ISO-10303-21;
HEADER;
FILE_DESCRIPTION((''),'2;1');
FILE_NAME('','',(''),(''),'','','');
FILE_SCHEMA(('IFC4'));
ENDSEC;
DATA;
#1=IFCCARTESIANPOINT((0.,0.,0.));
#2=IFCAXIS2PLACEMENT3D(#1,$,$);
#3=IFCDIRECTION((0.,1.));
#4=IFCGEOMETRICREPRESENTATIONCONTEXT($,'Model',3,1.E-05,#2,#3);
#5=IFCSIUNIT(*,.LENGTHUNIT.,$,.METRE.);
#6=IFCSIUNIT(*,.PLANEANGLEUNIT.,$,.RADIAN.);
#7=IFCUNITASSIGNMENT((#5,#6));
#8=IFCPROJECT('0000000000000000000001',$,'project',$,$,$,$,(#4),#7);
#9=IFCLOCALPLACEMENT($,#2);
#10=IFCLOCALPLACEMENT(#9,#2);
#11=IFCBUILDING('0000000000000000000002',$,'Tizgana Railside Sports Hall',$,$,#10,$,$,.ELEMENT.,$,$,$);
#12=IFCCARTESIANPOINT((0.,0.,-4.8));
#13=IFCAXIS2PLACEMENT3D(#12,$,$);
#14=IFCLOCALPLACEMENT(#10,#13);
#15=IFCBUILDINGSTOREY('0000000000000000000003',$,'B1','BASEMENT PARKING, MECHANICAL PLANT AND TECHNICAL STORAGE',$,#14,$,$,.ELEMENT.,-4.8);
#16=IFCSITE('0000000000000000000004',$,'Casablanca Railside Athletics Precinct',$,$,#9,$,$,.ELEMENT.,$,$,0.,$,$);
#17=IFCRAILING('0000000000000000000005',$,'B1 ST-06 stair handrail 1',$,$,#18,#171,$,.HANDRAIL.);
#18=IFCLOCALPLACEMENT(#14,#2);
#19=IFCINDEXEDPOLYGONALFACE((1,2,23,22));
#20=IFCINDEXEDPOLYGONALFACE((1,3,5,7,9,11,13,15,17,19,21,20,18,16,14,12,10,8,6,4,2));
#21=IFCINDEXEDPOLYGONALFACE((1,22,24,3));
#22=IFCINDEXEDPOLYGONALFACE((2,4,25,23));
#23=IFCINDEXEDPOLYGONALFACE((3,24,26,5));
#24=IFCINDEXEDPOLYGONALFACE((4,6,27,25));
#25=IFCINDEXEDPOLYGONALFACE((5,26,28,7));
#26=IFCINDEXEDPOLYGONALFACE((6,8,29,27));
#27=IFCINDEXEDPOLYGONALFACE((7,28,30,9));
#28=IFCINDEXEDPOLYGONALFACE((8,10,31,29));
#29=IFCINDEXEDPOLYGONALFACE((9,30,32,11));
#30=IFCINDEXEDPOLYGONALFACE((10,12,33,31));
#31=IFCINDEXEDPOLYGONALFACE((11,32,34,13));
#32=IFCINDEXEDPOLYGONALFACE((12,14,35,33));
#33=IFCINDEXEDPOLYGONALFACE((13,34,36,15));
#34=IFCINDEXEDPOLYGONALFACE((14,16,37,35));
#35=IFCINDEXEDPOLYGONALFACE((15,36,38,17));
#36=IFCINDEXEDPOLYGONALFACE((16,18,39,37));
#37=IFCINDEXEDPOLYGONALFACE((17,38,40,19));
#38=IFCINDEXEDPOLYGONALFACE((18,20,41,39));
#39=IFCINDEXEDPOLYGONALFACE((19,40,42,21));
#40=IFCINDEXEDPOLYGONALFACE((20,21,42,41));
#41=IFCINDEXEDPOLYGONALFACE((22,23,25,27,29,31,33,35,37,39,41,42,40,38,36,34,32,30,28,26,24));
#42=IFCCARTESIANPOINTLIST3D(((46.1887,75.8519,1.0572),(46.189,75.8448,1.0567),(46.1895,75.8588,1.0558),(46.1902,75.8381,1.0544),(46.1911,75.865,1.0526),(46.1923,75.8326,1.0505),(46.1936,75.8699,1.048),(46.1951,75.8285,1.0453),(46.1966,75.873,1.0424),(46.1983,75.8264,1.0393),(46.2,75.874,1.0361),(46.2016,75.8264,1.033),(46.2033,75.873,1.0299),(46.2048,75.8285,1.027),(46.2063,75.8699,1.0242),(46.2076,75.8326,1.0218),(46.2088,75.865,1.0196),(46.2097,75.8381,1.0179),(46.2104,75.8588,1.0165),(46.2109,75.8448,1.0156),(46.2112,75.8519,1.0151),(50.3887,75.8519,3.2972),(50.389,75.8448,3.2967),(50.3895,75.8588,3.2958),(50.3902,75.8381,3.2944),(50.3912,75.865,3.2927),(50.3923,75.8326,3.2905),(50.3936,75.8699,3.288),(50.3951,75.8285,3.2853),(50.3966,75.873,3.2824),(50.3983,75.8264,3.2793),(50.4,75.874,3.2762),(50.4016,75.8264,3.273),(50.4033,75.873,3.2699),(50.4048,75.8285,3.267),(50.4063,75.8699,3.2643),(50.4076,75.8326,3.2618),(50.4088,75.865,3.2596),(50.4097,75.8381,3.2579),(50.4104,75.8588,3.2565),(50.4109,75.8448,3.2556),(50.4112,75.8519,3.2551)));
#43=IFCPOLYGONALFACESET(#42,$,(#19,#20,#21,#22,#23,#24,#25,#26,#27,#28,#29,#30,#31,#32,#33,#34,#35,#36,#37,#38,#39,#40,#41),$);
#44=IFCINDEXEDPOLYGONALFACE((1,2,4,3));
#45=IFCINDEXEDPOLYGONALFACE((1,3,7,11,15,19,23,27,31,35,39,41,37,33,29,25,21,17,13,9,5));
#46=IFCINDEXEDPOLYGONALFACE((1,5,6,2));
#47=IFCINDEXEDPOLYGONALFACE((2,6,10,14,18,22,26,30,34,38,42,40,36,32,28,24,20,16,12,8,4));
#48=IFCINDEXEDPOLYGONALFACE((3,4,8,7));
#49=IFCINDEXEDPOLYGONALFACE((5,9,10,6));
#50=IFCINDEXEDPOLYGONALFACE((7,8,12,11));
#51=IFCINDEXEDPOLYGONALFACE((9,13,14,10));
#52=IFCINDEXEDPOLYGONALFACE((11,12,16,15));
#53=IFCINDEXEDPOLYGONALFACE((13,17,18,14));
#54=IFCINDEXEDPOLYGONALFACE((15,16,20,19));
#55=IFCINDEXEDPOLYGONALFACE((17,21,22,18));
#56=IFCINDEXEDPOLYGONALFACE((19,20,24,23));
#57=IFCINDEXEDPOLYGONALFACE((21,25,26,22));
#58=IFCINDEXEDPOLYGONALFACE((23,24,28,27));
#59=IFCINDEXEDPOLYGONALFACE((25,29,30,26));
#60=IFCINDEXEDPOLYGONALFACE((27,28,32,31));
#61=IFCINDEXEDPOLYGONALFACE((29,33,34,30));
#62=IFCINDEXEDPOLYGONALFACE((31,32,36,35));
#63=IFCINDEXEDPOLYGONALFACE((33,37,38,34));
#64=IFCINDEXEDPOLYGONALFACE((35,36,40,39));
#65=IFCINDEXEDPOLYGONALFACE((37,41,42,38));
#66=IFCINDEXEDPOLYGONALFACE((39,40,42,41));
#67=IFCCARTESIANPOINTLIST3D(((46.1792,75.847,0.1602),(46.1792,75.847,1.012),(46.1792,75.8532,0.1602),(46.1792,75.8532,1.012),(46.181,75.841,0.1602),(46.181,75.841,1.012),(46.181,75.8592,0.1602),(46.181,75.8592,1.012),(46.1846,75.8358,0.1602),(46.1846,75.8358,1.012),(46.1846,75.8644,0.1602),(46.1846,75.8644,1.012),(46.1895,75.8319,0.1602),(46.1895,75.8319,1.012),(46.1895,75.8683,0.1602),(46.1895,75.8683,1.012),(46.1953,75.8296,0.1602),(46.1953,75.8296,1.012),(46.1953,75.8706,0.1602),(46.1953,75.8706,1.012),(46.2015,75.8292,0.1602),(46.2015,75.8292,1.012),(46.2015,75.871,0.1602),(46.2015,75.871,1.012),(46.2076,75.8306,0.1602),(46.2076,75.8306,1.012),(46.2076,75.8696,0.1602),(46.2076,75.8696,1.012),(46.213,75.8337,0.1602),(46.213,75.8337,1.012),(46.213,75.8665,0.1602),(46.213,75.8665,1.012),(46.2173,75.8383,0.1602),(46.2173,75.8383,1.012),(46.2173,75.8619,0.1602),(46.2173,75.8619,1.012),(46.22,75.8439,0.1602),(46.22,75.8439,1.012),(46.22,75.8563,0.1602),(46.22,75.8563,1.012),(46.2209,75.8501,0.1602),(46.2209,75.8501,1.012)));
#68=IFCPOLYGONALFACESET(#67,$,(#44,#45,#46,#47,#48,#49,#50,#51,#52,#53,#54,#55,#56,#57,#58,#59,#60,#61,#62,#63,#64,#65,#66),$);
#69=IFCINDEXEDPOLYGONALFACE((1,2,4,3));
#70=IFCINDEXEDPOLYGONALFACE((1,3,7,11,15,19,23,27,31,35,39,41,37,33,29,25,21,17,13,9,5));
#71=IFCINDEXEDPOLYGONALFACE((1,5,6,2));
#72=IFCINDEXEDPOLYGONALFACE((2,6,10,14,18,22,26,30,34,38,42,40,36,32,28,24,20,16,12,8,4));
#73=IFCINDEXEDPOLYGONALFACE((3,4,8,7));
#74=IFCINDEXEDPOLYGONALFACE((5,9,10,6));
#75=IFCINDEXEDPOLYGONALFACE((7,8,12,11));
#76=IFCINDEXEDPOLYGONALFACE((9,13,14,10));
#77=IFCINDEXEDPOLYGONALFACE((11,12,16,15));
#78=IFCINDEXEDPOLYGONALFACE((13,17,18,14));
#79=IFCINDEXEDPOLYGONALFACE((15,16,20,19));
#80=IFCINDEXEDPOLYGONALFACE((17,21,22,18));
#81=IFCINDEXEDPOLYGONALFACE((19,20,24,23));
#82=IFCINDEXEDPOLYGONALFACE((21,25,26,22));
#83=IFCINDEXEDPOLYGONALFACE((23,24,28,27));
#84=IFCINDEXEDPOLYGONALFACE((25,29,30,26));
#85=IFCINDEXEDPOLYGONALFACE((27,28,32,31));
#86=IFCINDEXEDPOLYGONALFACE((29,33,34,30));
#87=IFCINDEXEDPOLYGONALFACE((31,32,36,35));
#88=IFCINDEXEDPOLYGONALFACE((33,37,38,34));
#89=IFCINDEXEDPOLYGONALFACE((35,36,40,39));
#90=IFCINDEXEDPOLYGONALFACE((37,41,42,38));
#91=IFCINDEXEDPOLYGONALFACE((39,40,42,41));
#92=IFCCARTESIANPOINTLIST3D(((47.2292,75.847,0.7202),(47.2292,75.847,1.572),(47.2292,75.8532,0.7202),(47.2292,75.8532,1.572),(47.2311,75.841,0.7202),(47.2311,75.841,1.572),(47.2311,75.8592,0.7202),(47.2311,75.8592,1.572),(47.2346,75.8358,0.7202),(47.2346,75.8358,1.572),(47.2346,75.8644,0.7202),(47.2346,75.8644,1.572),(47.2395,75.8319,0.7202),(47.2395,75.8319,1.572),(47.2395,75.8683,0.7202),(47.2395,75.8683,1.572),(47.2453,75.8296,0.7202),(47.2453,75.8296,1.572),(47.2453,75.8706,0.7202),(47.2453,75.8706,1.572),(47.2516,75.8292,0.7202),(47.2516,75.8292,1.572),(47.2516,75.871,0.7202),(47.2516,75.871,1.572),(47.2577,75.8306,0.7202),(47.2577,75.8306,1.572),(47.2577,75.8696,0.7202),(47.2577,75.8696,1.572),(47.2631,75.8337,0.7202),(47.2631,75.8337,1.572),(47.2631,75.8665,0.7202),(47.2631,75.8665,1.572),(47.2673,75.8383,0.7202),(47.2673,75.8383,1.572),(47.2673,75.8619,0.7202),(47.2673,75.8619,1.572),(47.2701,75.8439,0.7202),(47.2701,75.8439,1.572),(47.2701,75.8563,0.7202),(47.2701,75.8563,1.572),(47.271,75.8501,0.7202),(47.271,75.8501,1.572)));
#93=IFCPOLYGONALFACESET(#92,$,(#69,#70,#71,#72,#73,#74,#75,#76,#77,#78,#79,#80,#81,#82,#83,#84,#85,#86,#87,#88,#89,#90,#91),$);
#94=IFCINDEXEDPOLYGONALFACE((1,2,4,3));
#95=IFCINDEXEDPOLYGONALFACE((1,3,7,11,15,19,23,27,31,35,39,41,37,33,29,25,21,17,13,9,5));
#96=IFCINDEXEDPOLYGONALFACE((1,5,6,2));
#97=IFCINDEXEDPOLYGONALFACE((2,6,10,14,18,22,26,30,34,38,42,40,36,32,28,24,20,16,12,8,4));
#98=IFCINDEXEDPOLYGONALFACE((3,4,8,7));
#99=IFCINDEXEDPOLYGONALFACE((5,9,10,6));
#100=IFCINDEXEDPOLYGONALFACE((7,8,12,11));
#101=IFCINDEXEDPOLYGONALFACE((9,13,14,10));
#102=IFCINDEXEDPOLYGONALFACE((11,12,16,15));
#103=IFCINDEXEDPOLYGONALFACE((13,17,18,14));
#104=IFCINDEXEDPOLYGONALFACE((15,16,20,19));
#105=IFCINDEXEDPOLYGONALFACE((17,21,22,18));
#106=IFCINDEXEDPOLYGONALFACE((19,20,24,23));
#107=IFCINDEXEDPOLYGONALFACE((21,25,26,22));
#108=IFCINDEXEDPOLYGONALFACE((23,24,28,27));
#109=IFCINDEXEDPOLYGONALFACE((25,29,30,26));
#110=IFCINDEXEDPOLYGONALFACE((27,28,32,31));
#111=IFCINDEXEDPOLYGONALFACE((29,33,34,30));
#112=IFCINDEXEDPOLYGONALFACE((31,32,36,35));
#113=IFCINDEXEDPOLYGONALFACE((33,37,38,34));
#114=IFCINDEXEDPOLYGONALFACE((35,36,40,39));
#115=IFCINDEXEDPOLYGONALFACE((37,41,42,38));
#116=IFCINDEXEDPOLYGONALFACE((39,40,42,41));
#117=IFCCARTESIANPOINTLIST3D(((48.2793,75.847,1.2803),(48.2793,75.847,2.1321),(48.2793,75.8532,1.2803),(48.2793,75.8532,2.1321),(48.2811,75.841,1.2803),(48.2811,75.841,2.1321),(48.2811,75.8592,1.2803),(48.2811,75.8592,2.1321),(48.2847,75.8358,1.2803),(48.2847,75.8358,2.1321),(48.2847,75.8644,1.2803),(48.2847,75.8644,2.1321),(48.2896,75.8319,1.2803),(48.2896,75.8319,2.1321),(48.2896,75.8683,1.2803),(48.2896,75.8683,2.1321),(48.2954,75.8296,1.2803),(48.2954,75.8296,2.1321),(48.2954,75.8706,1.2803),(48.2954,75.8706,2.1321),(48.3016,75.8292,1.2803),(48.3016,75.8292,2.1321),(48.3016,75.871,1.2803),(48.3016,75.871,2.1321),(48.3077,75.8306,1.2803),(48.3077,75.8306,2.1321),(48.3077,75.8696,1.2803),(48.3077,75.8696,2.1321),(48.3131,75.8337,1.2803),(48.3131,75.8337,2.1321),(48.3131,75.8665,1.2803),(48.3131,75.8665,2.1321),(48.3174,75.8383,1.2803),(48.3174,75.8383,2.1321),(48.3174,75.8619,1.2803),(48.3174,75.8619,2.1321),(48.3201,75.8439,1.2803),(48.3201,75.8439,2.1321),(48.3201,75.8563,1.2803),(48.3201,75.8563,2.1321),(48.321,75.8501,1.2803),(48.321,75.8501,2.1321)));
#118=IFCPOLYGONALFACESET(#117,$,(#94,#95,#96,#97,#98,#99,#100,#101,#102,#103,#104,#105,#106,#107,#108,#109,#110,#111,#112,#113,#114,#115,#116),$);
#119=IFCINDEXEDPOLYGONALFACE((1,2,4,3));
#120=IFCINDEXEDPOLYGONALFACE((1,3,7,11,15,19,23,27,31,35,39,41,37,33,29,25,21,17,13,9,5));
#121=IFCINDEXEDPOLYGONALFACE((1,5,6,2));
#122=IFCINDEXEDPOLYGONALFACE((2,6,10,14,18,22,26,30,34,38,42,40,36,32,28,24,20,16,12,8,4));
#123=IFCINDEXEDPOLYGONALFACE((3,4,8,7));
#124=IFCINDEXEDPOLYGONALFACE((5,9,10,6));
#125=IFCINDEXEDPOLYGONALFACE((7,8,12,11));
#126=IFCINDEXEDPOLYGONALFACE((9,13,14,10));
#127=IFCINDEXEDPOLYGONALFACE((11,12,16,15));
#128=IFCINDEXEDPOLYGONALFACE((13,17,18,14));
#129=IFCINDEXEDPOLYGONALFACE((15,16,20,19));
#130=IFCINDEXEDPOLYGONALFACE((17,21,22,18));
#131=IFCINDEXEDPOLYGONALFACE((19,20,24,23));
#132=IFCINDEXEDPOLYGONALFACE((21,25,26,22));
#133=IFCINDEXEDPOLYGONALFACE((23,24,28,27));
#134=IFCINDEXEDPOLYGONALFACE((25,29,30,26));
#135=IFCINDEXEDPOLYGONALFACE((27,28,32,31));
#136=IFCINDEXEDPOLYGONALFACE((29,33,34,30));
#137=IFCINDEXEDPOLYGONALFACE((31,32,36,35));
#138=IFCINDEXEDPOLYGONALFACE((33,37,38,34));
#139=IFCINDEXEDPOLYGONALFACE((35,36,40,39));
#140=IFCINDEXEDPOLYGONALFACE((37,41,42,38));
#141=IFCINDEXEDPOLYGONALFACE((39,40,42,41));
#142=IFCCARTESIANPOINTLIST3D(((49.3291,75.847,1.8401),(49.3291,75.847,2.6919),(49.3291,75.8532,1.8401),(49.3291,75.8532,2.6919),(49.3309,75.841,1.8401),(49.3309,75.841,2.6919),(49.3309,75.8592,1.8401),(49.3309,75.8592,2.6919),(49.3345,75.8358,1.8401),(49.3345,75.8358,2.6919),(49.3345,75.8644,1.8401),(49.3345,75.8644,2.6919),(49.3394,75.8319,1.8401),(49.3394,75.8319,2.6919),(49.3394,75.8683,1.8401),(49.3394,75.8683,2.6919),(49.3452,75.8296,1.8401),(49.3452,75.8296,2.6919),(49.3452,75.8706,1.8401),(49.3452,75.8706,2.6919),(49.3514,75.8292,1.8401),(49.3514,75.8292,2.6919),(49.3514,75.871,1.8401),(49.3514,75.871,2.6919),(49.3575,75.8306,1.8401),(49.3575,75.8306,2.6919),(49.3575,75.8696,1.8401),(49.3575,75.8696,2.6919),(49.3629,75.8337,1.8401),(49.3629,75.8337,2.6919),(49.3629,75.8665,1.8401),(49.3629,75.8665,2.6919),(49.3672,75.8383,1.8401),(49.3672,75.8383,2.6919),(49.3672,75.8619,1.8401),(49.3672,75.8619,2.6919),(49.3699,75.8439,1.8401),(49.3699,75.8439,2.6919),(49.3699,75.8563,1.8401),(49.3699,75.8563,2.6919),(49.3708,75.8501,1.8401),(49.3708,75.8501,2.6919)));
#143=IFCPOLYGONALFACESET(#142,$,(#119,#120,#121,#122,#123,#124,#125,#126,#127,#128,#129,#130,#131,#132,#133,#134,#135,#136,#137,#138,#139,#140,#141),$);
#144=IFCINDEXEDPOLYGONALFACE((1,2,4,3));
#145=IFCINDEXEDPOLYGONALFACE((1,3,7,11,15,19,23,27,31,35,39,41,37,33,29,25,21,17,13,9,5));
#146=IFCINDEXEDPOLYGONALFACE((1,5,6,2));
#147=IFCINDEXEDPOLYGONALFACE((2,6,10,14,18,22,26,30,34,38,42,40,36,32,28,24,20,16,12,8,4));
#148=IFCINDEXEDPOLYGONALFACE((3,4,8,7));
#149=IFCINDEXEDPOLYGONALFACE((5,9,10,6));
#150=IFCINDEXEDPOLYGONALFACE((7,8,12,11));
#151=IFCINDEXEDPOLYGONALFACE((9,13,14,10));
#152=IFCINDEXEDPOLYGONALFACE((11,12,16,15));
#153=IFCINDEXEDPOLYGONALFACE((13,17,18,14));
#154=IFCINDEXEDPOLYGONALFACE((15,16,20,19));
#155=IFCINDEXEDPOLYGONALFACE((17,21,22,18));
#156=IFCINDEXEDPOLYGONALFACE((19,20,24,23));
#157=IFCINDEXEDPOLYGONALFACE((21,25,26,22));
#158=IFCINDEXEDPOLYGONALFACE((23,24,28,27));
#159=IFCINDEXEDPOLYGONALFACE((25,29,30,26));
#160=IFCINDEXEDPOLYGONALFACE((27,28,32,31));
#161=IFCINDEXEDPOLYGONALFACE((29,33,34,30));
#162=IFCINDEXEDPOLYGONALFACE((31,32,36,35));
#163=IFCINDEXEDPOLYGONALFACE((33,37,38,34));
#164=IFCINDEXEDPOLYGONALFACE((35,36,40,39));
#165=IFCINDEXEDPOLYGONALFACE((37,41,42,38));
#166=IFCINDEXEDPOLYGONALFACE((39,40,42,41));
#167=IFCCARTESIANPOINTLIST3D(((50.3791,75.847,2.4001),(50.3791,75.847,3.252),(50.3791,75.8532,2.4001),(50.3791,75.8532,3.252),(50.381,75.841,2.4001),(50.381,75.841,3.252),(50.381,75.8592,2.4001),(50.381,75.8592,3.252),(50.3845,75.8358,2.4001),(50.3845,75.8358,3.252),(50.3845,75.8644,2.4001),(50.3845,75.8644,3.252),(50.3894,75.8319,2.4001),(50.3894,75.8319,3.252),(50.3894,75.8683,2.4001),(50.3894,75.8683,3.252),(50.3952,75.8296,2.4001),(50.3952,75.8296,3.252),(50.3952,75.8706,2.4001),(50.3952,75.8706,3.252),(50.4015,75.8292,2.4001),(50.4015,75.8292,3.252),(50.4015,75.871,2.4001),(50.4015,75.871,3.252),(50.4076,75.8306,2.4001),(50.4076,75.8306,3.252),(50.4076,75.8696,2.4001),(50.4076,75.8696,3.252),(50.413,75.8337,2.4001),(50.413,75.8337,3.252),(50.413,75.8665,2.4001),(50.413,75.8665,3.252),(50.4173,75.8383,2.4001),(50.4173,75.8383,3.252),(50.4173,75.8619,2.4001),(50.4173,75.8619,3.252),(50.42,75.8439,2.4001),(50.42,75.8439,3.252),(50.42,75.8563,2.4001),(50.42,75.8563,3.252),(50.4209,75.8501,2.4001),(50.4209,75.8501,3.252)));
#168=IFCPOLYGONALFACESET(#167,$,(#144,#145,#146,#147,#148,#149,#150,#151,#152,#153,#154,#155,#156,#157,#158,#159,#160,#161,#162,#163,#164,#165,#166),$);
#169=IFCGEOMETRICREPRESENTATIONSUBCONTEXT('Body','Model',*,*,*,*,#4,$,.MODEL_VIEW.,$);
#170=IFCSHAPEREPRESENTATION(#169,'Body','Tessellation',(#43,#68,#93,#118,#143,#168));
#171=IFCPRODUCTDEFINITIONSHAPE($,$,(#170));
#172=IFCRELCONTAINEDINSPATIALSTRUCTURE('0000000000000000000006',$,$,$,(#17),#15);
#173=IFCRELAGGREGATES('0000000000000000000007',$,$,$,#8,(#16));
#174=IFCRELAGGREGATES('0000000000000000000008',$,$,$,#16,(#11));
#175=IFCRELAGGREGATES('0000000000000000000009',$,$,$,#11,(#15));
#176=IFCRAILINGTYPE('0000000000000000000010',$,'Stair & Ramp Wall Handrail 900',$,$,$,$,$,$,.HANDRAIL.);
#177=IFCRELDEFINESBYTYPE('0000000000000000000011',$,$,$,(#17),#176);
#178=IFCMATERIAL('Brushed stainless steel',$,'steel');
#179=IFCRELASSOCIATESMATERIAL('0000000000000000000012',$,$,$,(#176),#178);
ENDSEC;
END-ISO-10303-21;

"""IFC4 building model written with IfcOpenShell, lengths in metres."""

from ifc_helpers import new_model, si_unit, direction, frame, origin, origin_2d, place, context, subcontext, project, spatial, circle, extrude, material, type_object, element, save


model = new_model("IFC4")

# Units and contexts
model_context = context("Model", 3, precision=1e-05, world=origin(), true_north=direction((0.0, 1.0)))
body_context = subcontext(model_context, "Body", "Model", "MODEL_VIEW")
ifc_project = project(units=[si_unit("LENGTHUNIT", "METRE"), si_unit("PLANEANGLEUNIT", "RADIAN")], contexts=[model_context])

# Site, building, storey
site_placement = place(None, origin())
site = spatial("IfcSite", under=ifc_project, at=site_placement, Name="Casablanca Railside Athletics Precinct", CompositionType="ELEMENT", RefElevation=0.0)
building_placement = place(site_placement, origin())
building = spatial("IfcBuilding", under=site, at=building_placement, Name="Tizgana Railside Sports Hall", CompositionType="ELEMENT")
storey_placement = place(building_placement, frame((0.0, 0.0, -4.8)))
storey = spatial("IfcBuildingStorey", under=building, at=storey_placement, Name="B1", Description="BASEMENT PARKING, MECHANICAL PLANT AND TECHNICAL STORAGE", CompositionType="ELEMENT", Elevation=-4.8)

# Railing
ifc_material_1 = material(Name="Brushed stainless steel", Category="steel")
railing_type_1 = type_object("IfcRailingType", Name="Stair & Ramp Wall Handrail 900", PredefinedType="HANDRAIL", material=ifc_material_1)
railing_1_placement = place(storey_placement, frame((46.2, 75.8501, 0.1602)))
element("IfcRailing", 1, at=railing_1_placement, inside=storey, type_object=railing_type_1, Name="B1 ST-06 stair handrail 1", PredefinedType="HANDRAIL", context=body_context, shape_type="SweptSolid", body=[
    extrude(circle(Radius=0.0239, at=origin_2d()), frame((0.0, 0.0, 0.876), z_axis=(0.882352, 0.0, 0.470591), x_axis=(0.0, 1.0, 0.0)), (0.0, 0.0, 1.0), 4.76),
    extrude(circle(Radius=0.021, at=origin_2d()), origin(), (0.0, 0.0, 1.0), 0.8518),
    extrude(circle(Radius=0.021, at=origin_2d()), frame((1.05, 0.0, 0.5601)), (0.0, 0.0, 1.0), 0.8518),
    extrude(circle(Radius=0.021, at=origin_2d()), frame((2.1001, 0.0, 1.1201)), (0.0, 0.0, 1.0), 0.8518),
    extrude(circle(Radius=0.021, at=origin_2d()), frame((3.1499, 0.0, 1.6799)), (0.0, 0.0, 1.0), 0.8518),
    extrude(circle(Radius=0.021, at=origin_2d()), frame((4.2, 0.0, 2.24)), (0.0, 0.0, 1.0), 0.8518),
])

save(model, "model.ifc")
